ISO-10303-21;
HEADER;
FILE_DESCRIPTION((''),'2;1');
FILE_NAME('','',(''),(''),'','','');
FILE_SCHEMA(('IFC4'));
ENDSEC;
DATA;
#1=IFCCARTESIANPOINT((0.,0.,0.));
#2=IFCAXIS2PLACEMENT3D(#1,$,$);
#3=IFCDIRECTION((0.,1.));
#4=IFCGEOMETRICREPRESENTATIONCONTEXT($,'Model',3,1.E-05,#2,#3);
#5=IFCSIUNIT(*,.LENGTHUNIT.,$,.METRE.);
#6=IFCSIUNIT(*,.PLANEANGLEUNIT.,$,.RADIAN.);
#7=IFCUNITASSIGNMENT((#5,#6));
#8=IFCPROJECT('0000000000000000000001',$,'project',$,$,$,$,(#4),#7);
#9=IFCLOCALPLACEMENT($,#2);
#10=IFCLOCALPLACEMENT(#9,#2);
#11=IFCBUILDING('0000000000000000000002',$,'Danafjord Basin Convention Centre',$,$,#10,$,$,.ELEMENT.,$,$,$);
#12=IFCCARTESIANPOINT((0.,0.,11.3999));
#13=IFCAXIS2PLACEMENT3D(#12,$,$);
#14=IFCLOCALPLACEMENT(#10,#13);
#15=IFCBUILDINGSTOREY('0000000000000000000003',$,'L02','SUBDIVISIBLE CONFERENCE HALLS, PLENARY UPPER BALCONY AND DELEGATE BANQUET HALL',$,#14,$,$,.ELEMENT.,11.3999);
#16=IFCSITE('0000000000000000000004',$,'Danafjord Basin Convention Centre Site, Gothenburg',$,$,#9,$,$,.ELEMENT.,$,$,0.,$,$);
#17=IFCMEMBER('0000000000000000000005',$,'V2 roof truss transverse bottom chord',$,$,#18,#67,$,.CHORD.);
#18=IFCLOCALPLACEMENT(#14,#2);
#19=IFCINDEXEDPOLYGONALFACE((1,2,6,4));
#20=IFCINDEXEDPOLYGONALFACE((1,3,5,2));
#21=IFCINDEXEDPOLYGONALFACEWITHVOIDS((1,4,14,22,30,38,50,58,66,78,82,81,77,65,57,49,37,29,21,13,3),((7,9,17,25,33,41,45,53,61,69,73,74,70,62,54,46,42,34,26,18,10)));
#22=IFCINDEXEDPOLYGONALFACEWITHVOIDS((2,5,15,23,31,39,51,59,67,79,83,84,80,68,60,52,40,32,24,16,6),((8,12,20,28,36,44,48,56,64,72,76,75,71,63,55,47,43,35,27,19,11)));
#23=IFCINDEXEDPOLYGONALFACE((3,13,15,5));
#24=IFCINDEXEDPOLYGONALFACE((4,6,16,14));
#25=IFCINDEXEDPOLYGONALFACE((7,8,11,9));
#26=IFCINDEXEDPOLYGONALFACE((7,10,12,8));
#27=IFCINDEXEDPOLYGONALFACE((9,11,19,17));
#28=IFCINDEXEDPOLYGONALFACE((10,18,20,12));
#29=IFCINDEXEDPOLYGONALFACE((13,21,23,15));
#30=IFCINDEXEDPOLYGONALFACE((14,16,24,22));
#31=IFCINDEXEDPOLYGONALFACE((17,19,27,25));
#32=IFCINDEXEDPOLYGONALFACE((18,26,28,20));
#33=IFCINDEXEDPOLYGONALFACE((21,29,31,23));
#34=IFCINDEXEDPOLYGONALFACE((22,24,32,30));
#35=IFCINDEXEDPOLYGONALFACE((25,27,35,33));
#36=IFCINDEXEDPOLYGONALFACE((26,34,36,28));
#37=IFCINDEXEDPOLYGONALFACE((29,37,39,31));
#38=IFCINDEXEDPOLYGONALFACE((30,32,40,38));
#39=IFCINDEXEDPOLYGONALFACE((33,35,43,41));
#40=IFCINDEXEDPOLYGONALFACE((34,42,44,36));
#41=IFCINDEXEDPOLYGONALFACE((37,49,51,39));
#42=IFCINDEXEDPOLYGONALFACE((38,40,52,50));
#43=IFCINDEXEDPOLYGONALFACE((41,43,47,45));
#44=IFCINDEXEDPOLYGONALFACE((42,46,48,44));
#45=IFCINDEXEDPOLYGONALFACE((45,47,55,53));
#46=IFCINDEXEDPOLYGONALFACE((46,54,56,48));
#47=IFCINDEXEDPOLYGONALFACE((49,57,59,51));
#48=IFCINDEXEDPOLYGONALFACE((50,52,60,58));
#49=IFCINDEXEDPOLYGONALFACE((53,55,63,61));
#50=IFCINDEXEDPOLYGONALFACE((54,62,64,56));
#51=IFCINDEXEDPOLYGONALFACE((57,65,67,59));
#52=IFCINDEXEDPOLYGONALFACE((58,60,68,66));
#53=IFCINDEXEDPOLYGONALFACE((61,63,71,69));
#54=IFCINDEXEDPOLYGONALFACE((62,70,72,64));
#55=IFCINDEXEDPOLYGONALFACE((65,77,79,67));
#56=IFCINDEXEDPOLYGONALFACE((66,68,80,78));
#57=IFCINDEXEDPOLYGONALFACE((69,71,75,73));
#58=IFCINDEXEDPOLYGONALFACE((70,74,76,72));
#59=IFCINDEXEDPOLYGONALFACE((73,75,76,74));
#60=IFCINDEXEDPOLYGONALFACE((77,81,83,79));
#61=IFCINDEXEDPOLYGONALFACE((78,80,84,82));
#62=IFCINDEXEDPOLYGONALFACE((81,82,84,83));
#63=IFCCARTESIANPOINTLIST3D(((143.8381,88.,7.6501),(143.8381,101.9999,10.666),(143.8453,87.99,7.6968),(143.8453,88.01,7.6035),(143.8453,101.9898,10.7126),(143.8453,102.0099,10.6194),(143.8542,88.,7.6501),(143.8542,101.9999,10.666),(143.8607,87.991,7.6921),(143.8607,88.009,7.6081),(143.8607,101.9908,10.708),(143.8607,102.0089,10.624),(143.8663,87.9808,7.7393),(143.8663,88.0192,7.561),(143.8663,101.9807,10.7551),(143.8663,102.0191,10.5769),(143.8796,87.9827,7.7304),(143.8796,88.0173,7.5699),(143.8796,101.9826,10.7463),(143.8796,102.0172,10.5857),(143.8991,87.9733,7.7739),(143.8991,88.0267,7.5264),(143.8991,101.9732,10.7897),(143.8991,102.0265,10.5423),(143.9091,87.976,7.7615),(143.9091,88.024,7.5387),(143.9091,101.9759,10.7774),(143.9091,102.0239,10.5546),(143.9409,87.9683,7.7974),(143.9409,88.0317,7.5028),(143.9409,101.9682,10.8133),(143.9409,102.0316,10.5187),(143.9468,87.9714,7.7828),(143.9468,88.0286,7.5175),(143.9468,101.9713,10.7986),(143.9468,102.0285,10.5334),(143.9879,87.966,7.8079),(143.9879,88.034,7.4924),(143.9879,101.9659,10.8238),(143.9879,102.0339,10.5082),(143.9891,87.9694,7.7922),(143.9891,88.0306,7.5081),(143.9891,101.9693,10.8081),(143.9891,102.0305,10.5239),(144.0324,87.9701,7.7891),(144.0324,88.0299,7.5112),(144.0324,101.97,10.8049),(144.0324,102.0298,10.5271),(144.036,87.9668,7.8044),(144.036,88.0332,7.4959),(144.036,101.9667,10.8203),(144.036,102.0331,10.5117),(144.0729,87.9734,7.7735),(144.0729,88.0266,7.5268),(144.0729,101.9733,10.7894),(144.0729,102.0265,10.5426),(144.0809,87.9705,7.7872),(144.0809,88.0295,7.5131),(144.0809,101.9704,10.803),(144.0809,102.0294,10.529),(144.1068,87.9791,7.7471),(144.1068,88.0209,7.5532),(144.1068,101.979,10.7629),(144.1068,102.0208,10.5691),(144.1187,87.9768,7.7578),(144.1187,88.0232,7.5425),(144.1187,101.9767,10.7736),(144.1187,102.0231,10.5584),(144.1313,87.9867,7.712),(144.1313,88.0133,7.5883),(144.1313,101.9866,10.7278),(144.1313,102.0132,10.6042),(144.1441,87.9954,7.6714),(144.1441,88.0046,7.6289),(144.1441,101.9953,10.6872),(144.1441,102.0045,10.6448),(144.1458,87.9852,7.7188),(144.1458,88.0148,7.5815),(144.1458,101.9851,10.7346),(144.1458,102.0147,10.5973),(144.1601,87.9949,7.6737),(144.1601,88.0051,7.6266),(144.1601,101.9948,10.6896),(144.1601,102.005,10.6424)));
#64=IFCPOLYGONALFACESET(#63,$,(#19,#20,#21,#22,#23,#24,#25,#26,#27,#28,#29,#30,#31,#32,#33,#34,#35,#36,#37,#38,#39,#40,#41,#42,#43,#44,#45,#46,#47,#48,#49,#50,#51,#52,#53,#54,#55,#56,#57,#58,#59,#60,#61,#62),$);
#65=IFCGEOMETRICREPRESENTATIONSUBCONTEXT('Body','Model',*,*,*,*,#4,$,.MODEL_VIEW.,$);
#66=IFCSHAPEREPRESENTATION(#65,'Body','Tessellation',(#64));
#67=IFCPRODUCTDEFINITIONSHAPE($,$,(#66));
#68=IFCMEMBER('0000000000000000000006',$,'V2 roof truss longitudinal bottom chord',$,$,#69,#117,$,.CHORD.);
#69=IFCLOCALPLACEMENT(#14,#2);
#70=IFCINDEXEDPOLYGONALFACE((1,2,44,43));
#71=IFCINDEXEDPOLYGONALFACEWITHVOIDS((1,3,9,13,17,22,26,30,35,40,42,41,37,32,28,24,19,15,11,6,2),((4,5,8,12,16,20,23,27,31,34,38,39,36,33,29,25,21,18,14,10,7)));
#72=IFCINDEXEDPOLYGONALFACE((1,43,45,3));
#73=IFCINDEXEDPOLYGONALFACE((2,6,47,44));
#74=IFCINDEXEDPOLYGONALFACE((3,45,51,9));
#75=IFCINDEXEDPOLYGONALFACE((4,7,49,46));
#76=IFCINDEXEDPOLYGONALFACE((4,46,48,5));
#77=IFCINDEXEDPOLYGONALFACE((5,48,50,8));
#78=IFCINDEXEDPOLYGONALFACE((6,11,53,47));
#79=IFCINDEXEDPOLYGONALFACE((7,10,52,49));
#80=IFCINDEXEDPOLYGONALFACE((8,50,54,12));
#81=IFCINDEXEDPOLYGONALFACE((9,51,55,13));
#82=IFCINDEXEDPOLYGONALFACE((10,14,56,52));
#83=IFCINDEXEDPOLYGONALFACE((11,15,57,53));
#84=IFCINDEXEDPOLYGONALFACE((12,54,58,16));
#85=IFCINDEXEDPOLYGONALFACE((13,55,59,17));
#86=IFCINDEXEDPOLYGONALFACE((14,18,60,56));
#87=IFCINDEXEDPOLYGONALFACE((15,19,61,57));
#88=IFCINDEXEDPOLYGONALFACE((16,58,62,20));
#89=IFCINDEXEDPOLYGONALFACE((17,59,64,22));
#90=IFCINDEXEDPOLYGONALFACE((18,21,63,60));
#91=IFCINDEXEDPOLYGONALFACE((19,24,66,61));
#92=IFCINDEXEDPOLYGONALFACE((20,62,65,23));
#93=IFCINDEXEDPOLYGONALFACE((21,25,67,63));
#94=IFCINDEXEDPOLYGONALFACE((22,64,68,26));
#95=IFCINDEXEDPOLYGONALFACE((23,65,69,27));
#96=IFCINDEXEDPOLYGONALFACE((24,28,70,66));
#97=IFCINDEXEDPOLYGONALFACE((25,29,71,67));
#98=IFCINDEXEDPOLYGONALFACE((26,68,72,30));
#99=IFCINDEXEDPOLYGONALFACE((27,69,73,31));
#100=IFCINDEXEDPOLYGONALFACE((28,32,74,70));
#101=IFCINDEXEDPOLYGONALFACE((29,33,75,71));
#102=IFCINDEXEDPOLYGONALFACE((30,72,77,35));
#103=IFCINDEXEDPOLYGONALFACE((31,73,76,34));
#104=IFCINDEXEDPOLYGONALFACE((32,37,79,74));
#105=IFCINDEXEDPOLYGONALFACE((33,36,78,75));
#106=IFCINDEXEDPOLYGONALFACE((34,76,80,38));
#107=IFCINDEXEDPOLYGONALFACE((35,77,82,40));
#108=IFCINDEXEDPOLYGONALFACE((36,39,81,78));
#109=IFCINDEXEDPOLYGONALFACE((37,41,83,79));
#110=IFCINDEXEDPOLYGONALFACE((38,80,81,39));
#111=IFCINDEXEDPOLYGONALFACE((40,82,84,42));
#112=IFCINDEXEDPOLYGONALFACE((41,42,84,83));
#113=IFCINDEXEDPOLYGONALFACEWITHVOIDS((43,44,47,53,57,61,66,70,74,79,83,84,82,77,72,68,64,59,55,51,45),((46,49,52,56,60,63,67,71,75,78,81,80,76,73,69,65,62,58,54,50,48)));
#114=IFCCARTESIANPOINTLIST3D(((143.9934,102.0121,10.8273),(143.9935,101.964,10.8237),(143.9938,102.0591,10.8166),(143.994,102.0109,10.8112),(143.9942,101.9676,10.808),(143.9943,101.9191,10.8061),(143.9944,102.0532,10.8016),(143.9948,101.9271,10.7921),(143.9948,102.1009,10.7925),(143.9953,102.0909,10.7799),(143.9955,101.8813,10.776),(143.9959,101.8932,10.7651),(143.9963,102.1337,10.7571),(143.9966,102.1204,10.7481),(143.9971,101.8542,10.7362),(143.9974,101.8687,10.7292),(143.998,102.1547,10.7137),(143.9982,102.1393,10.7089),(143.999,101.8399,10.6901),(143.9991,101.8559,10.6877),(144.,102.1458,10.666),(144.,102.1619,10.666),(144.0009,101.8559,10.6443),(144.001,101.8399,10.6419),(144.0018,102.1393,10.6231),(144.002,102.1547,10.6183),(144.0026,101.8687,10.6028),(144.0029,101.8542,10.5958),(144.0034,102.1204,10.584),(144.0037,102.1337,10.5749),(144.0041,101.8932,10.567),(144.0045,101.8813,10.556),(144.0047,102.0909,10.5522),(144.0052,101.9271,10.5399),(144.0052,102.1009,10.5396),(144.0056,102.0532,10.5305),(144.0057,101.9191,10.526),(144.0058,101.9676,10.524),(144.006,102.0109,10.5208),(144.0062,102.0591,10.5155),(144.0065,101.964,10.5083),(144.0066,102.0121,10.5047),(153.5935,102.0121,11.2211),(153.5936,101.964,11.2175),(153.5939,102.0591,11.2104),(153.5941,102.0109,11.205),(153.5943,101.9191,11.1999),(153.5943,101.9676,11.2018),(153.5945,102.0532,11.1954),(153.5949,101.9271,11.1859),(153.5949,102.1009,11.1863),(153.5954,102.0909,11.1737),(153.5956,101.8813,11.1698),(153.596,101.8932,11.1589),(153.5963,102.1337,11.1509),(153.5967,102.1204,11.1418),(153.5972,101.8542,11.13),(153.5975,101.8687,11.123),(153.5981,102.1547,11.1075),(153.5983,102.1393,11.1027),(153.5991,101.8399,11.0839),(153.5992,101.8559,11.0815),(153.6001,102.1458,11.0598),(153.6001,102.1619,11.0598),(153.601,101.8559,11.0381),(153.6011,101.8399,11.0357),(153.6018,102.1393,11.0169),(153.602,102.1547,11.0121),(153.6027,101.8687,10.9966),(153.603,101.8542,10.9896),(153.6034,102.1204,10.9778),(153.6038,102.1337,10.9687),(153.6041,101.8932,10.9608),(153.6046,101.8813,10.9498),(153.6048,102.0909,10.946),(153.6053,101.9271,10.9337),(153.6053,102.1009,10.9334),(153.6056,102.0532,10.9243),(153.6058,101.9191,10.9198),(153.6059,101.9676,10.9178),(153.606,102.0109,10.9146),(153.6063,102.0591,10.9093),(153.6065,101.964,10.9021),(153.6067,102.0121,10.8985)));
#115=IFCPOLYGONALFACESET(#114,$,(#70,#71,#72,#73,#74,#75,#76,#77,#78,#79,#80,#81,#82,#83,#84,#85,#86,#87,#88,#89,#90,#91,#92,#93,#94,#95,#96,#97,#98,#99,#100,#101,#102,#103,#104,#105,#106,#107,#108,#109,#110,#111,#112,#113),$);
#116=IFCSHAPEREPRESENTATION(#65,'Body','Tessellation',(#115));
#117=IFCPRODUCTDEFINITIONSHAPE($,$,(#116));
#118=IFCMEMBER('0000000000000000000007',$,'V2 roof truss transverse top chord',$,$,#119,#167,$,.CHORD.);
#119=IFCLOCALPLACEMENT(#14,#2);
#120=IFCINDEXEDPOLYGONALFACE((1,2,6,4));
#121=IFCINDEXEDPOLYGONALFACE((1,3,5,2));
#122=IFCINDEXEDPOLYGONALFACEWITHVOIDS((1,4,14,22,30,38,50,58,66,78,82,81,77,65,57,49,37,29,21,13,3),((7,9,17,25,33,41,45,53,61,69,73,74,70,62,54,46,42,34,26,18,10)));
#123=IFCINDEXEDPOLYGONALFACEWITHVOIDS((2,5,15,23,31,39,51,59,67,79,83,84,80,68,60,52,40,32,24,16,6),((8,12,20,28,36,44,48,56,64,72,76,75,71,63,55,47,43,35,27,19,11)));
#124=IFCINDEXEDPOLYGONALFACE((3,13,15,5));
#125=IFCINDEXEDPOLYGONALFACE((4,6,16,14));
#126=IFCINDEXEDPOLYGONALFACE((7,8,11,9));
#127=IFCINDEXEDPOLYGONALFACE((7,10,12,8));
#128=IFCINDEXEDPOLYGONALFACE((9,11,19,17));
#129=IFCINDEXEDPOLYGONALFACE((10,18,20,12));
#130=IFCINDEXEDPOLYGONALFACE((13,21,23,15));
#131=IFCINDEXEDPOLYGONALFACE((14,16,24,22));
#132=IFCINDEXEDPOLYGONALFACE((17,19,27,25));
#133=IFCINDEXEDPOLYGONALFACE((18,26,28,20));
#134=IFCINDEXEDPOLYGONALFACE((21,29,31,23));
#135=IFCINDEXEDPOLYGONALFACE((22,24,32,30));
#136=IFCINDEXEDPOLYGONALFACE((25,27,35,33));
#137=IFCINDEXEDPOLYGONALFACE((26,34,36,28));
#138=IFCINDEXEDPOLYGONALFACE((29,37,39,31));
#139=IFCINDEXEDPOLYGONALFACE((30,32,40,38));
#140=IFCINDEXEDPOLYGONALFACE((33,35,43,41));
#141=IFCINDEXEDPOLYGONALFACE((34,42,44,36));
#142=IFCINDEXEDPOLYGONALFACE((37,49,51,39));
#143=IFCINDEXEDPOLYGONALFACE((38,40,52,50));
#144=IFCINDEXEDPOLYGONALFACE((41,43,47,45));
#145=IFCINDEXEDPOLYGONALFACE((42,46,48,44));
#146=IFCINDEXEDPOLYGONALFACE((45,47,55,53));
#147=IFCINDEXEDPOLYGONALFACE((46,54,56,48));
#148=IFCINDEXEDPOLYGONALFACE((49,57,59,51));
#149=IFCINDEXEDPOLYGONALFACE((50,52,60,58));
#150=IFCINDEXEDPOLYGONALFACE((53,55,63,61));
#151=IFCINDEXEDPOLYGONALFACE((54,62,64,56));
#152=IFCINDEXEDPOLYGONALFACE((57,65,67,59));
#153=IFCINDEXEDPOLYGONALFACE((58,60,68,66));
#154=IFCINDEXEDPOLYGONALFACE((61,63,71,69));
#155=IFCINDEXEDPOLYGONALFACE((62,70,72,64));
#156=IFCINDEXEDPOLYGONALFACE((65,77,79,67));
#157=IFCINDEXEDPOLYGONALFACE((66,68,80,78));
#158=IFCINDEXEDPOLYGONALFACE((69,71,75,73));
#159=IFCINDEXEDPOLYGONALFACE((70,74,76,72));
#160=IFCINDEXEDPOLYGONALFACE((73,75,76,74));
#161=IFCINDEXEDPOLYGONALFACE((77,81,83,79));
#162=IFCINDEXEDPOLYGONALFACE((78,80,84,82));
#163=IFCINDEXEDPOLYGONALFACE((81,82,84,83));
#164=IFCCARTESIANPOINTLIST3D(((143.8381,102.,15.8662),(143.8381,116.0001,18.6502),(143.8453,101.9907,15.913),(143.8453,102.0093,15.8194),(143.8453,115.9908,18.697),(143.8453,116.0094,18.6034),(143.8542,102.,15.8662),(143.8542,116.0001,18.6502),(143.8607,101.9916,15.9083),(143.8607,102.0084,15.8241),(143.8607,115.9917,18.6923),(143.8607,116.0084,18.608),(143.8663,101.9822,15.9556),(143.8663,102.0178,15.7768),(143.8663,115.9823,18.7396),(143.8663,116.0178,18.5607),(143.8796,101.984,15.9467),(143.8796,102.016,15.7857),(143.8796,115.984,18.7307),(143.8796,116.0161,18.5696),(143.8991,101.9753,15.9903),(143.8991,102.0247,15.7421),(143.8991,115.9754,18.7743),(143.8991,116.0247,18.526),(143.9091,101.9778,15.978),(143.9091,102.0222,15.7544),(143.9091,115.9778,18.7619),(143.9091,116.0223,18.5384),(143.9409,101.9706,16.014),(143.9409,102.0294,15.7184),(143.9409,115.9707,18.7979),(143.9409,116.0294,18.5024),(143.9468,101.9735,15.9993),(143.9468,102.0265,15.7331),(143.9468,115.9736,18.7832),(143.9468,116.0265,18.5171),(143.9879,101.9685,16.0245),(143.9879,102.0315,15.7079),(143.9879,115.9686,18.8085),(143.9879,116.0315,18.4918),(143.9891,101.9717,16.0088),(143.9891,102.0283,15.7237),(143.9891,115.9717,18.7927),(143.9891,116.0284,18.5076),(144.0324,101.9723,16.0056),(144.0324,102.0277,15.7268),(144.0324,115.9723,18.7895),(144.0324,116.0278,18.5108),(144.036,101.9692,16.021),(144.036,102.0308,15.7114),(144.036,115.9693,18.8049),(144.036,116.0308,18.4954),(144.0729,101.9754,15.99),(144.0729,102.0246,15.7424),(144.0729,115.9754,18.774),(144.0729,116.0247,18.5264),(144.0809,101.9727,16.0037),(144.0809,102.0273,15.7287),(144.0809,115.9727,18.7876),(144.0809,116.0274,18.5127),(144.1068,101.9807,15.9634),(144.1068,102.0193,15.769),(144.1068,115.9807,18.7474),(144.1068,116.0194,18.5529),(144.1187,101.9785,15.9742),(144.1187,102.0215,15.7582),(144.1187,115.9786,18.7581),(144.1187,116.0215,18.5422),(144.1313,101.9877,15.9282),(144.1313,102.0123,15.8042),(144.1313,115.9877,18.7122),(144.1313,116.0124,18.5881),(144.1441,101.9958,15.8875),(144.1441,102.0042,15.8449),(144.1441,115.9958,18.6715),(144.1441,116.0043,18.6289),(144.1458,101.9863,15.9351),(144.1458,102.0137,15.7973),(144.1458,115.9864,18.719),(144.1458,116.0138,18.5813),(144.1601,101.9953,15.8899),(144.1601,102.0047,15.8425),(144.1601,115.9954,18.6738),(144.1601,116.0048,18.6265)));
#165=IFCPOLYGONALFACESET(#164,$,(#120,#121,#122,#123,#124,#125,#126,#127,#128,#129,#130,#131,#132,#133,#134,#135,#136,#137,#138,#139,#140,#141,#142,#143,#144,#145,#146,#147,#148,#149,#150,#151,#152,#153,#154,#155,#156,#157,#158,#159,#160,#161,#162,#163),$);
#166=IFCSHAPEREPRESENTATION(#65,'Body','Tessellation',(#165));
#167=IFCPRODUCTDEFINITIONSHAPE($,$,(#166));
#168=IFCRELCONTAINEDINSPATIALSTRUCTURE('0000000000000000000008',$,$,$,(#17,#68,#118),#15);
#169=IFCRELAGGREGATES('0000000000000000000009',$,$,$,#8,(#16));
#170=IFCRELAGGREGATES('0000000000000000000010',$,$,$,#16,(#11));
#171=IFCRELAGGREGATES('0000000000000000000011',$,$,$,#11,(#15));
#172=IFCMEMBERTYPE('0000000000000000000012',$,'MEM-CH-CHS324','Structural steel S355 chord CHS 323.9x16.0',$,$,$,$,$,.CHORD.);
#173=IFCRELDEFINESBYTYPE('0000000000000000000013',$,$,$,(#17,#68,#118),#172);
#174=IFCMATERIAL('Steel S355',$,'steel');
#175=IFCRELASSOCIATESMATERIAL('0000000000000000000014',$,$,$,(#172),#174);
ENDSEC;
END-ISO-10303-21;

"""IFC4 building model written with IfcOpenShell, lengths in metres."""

from ifc_helpers import new_model, si_unit, direction, frame, origin, origin_2d, place, context, subcontext, project, spatial, hollow_circle, extrude, material, material_profile, profile_set, type_object, element, save


model = new_model("IFC4")

# Units and contexts
model_context = context("Model", 3, precision=1e-05, world=origin(), true_north=direction((0.0, 1.0)))
body_context = subcontext(model_context, "Body", "Model", "MODEL_VIEW")
ifc_project = project(units=[si_unit("LENGTHUNIT", "METRE"), si_unit("PLANEANGLEUNIT", "RADIAN")], contexts=[model_context])

# Site, building, storey
site_placement = place(None, origin())
site = spatial("IfcSite", under=ifc_project, at=site_placement, Name="Danafjord Basin Convention Centre Site, Gothenburg", CompositionType="ELEMENT", RefElevation=0.0)
building_placement = place(site_placement, origin())
building = spatial("IfcBuilding", under=site, at=building_placement, Name="Danafjord Basin Convention Centre", CompositionType="ELEMENT")
storey_placement = place(building_placement, frame((0.0, 0.0, 11.3999)))
storey = spatial("IfcBuildingStorey", under=building, at=storey_placement, Name="L02", Description="SUBDIVISIBLE CONFERENCE HALLS, PLENARY UPPER BALCONY AND DELEGATE BANQUET HALL", CompositionType="ELEMENT", Elevation=11.3999)

# Shared definitions
ifc_material_1 = material(Name="Steel S355", Category="steel")

# Members
ifc_material_profile_1 = material_profile(ifc_material_1, hollow_circle(Radius=0.1619, WallThickness=0.0161, at=origin_2d()), Name="CHS 323.9x16.0")
ifc_profile_set_1 = profile_set([ifc_material_profile_1], Name="Steel S355")
member_type_1 = type_object("IfcMemberType", Name="MEM-CH-CHS324", Description="Structural steel S355 chord CHS 323.9x16.0", PredefinedType="CHORD", material=ifc_profile_set_1)
member_1_placement = place(storey_placement, frame((144.0, 88.0, 7.6501), z_axis=(0.0, 0.977575, 0.210588), x_axis=(-1.0, 0.0, 0.0)))
element("IfcMember", 1, at=member_1_placement, inside=storey, type_object=member_type_1, Name="V2 roof truss transverse bottom chord", PredefinedType="CHORD", context=body_context, shape_type="SweptSolid", body=[
    extrude(hollow_circle(Radius=0.1619, WallThickness=0.0161, at=origin_2d()), origin(), (0.0, 0.0, 1.0), 14.321),
])
member_2_placement = place(storey_placement, frame((144.0, 102.0, 10.666), z_axis=(0.99916, 0.0, 0.040986), x_axis=(0.0, 1.0, 0.0)))
element("IfcMember", 2, at=member_2_placement, inside=storey, type_object=member_type_1, Name="V2 roof truss longitudinal bottom chord", PredefinedType="CHORD", context=body_context, shape_type="SweptSolid", body=[
    extrude(hollow_circle(Radius=0.1619, WallThickness=0.0161, at=origin_2d()), origin(), (0.0, 0.0, 1.0), 9.6082),
])
member_3_placement = place(storey_placement, frame((144.0, 102.0, 15.8662), z_axis=(0.0, 0.980797, 0.195034), x_axis=(-1.0, 0.0, 0.0)))
element("IfcMember", 3, at=member_3_placement, inside=storey, type_object=member_type_1, Name="V2 roof truss transverse top chord", PredefinedType="CHORD", context=body_context, shape_type="SweptSolid", body=[
    extrude(hollow_circle(Radius=0.1619, WallThickness=0.0161, at=origin_2d()), origin(), (0.0, 0.0, 1.0), 14.2742),
])

save(model, "model.ifc")
